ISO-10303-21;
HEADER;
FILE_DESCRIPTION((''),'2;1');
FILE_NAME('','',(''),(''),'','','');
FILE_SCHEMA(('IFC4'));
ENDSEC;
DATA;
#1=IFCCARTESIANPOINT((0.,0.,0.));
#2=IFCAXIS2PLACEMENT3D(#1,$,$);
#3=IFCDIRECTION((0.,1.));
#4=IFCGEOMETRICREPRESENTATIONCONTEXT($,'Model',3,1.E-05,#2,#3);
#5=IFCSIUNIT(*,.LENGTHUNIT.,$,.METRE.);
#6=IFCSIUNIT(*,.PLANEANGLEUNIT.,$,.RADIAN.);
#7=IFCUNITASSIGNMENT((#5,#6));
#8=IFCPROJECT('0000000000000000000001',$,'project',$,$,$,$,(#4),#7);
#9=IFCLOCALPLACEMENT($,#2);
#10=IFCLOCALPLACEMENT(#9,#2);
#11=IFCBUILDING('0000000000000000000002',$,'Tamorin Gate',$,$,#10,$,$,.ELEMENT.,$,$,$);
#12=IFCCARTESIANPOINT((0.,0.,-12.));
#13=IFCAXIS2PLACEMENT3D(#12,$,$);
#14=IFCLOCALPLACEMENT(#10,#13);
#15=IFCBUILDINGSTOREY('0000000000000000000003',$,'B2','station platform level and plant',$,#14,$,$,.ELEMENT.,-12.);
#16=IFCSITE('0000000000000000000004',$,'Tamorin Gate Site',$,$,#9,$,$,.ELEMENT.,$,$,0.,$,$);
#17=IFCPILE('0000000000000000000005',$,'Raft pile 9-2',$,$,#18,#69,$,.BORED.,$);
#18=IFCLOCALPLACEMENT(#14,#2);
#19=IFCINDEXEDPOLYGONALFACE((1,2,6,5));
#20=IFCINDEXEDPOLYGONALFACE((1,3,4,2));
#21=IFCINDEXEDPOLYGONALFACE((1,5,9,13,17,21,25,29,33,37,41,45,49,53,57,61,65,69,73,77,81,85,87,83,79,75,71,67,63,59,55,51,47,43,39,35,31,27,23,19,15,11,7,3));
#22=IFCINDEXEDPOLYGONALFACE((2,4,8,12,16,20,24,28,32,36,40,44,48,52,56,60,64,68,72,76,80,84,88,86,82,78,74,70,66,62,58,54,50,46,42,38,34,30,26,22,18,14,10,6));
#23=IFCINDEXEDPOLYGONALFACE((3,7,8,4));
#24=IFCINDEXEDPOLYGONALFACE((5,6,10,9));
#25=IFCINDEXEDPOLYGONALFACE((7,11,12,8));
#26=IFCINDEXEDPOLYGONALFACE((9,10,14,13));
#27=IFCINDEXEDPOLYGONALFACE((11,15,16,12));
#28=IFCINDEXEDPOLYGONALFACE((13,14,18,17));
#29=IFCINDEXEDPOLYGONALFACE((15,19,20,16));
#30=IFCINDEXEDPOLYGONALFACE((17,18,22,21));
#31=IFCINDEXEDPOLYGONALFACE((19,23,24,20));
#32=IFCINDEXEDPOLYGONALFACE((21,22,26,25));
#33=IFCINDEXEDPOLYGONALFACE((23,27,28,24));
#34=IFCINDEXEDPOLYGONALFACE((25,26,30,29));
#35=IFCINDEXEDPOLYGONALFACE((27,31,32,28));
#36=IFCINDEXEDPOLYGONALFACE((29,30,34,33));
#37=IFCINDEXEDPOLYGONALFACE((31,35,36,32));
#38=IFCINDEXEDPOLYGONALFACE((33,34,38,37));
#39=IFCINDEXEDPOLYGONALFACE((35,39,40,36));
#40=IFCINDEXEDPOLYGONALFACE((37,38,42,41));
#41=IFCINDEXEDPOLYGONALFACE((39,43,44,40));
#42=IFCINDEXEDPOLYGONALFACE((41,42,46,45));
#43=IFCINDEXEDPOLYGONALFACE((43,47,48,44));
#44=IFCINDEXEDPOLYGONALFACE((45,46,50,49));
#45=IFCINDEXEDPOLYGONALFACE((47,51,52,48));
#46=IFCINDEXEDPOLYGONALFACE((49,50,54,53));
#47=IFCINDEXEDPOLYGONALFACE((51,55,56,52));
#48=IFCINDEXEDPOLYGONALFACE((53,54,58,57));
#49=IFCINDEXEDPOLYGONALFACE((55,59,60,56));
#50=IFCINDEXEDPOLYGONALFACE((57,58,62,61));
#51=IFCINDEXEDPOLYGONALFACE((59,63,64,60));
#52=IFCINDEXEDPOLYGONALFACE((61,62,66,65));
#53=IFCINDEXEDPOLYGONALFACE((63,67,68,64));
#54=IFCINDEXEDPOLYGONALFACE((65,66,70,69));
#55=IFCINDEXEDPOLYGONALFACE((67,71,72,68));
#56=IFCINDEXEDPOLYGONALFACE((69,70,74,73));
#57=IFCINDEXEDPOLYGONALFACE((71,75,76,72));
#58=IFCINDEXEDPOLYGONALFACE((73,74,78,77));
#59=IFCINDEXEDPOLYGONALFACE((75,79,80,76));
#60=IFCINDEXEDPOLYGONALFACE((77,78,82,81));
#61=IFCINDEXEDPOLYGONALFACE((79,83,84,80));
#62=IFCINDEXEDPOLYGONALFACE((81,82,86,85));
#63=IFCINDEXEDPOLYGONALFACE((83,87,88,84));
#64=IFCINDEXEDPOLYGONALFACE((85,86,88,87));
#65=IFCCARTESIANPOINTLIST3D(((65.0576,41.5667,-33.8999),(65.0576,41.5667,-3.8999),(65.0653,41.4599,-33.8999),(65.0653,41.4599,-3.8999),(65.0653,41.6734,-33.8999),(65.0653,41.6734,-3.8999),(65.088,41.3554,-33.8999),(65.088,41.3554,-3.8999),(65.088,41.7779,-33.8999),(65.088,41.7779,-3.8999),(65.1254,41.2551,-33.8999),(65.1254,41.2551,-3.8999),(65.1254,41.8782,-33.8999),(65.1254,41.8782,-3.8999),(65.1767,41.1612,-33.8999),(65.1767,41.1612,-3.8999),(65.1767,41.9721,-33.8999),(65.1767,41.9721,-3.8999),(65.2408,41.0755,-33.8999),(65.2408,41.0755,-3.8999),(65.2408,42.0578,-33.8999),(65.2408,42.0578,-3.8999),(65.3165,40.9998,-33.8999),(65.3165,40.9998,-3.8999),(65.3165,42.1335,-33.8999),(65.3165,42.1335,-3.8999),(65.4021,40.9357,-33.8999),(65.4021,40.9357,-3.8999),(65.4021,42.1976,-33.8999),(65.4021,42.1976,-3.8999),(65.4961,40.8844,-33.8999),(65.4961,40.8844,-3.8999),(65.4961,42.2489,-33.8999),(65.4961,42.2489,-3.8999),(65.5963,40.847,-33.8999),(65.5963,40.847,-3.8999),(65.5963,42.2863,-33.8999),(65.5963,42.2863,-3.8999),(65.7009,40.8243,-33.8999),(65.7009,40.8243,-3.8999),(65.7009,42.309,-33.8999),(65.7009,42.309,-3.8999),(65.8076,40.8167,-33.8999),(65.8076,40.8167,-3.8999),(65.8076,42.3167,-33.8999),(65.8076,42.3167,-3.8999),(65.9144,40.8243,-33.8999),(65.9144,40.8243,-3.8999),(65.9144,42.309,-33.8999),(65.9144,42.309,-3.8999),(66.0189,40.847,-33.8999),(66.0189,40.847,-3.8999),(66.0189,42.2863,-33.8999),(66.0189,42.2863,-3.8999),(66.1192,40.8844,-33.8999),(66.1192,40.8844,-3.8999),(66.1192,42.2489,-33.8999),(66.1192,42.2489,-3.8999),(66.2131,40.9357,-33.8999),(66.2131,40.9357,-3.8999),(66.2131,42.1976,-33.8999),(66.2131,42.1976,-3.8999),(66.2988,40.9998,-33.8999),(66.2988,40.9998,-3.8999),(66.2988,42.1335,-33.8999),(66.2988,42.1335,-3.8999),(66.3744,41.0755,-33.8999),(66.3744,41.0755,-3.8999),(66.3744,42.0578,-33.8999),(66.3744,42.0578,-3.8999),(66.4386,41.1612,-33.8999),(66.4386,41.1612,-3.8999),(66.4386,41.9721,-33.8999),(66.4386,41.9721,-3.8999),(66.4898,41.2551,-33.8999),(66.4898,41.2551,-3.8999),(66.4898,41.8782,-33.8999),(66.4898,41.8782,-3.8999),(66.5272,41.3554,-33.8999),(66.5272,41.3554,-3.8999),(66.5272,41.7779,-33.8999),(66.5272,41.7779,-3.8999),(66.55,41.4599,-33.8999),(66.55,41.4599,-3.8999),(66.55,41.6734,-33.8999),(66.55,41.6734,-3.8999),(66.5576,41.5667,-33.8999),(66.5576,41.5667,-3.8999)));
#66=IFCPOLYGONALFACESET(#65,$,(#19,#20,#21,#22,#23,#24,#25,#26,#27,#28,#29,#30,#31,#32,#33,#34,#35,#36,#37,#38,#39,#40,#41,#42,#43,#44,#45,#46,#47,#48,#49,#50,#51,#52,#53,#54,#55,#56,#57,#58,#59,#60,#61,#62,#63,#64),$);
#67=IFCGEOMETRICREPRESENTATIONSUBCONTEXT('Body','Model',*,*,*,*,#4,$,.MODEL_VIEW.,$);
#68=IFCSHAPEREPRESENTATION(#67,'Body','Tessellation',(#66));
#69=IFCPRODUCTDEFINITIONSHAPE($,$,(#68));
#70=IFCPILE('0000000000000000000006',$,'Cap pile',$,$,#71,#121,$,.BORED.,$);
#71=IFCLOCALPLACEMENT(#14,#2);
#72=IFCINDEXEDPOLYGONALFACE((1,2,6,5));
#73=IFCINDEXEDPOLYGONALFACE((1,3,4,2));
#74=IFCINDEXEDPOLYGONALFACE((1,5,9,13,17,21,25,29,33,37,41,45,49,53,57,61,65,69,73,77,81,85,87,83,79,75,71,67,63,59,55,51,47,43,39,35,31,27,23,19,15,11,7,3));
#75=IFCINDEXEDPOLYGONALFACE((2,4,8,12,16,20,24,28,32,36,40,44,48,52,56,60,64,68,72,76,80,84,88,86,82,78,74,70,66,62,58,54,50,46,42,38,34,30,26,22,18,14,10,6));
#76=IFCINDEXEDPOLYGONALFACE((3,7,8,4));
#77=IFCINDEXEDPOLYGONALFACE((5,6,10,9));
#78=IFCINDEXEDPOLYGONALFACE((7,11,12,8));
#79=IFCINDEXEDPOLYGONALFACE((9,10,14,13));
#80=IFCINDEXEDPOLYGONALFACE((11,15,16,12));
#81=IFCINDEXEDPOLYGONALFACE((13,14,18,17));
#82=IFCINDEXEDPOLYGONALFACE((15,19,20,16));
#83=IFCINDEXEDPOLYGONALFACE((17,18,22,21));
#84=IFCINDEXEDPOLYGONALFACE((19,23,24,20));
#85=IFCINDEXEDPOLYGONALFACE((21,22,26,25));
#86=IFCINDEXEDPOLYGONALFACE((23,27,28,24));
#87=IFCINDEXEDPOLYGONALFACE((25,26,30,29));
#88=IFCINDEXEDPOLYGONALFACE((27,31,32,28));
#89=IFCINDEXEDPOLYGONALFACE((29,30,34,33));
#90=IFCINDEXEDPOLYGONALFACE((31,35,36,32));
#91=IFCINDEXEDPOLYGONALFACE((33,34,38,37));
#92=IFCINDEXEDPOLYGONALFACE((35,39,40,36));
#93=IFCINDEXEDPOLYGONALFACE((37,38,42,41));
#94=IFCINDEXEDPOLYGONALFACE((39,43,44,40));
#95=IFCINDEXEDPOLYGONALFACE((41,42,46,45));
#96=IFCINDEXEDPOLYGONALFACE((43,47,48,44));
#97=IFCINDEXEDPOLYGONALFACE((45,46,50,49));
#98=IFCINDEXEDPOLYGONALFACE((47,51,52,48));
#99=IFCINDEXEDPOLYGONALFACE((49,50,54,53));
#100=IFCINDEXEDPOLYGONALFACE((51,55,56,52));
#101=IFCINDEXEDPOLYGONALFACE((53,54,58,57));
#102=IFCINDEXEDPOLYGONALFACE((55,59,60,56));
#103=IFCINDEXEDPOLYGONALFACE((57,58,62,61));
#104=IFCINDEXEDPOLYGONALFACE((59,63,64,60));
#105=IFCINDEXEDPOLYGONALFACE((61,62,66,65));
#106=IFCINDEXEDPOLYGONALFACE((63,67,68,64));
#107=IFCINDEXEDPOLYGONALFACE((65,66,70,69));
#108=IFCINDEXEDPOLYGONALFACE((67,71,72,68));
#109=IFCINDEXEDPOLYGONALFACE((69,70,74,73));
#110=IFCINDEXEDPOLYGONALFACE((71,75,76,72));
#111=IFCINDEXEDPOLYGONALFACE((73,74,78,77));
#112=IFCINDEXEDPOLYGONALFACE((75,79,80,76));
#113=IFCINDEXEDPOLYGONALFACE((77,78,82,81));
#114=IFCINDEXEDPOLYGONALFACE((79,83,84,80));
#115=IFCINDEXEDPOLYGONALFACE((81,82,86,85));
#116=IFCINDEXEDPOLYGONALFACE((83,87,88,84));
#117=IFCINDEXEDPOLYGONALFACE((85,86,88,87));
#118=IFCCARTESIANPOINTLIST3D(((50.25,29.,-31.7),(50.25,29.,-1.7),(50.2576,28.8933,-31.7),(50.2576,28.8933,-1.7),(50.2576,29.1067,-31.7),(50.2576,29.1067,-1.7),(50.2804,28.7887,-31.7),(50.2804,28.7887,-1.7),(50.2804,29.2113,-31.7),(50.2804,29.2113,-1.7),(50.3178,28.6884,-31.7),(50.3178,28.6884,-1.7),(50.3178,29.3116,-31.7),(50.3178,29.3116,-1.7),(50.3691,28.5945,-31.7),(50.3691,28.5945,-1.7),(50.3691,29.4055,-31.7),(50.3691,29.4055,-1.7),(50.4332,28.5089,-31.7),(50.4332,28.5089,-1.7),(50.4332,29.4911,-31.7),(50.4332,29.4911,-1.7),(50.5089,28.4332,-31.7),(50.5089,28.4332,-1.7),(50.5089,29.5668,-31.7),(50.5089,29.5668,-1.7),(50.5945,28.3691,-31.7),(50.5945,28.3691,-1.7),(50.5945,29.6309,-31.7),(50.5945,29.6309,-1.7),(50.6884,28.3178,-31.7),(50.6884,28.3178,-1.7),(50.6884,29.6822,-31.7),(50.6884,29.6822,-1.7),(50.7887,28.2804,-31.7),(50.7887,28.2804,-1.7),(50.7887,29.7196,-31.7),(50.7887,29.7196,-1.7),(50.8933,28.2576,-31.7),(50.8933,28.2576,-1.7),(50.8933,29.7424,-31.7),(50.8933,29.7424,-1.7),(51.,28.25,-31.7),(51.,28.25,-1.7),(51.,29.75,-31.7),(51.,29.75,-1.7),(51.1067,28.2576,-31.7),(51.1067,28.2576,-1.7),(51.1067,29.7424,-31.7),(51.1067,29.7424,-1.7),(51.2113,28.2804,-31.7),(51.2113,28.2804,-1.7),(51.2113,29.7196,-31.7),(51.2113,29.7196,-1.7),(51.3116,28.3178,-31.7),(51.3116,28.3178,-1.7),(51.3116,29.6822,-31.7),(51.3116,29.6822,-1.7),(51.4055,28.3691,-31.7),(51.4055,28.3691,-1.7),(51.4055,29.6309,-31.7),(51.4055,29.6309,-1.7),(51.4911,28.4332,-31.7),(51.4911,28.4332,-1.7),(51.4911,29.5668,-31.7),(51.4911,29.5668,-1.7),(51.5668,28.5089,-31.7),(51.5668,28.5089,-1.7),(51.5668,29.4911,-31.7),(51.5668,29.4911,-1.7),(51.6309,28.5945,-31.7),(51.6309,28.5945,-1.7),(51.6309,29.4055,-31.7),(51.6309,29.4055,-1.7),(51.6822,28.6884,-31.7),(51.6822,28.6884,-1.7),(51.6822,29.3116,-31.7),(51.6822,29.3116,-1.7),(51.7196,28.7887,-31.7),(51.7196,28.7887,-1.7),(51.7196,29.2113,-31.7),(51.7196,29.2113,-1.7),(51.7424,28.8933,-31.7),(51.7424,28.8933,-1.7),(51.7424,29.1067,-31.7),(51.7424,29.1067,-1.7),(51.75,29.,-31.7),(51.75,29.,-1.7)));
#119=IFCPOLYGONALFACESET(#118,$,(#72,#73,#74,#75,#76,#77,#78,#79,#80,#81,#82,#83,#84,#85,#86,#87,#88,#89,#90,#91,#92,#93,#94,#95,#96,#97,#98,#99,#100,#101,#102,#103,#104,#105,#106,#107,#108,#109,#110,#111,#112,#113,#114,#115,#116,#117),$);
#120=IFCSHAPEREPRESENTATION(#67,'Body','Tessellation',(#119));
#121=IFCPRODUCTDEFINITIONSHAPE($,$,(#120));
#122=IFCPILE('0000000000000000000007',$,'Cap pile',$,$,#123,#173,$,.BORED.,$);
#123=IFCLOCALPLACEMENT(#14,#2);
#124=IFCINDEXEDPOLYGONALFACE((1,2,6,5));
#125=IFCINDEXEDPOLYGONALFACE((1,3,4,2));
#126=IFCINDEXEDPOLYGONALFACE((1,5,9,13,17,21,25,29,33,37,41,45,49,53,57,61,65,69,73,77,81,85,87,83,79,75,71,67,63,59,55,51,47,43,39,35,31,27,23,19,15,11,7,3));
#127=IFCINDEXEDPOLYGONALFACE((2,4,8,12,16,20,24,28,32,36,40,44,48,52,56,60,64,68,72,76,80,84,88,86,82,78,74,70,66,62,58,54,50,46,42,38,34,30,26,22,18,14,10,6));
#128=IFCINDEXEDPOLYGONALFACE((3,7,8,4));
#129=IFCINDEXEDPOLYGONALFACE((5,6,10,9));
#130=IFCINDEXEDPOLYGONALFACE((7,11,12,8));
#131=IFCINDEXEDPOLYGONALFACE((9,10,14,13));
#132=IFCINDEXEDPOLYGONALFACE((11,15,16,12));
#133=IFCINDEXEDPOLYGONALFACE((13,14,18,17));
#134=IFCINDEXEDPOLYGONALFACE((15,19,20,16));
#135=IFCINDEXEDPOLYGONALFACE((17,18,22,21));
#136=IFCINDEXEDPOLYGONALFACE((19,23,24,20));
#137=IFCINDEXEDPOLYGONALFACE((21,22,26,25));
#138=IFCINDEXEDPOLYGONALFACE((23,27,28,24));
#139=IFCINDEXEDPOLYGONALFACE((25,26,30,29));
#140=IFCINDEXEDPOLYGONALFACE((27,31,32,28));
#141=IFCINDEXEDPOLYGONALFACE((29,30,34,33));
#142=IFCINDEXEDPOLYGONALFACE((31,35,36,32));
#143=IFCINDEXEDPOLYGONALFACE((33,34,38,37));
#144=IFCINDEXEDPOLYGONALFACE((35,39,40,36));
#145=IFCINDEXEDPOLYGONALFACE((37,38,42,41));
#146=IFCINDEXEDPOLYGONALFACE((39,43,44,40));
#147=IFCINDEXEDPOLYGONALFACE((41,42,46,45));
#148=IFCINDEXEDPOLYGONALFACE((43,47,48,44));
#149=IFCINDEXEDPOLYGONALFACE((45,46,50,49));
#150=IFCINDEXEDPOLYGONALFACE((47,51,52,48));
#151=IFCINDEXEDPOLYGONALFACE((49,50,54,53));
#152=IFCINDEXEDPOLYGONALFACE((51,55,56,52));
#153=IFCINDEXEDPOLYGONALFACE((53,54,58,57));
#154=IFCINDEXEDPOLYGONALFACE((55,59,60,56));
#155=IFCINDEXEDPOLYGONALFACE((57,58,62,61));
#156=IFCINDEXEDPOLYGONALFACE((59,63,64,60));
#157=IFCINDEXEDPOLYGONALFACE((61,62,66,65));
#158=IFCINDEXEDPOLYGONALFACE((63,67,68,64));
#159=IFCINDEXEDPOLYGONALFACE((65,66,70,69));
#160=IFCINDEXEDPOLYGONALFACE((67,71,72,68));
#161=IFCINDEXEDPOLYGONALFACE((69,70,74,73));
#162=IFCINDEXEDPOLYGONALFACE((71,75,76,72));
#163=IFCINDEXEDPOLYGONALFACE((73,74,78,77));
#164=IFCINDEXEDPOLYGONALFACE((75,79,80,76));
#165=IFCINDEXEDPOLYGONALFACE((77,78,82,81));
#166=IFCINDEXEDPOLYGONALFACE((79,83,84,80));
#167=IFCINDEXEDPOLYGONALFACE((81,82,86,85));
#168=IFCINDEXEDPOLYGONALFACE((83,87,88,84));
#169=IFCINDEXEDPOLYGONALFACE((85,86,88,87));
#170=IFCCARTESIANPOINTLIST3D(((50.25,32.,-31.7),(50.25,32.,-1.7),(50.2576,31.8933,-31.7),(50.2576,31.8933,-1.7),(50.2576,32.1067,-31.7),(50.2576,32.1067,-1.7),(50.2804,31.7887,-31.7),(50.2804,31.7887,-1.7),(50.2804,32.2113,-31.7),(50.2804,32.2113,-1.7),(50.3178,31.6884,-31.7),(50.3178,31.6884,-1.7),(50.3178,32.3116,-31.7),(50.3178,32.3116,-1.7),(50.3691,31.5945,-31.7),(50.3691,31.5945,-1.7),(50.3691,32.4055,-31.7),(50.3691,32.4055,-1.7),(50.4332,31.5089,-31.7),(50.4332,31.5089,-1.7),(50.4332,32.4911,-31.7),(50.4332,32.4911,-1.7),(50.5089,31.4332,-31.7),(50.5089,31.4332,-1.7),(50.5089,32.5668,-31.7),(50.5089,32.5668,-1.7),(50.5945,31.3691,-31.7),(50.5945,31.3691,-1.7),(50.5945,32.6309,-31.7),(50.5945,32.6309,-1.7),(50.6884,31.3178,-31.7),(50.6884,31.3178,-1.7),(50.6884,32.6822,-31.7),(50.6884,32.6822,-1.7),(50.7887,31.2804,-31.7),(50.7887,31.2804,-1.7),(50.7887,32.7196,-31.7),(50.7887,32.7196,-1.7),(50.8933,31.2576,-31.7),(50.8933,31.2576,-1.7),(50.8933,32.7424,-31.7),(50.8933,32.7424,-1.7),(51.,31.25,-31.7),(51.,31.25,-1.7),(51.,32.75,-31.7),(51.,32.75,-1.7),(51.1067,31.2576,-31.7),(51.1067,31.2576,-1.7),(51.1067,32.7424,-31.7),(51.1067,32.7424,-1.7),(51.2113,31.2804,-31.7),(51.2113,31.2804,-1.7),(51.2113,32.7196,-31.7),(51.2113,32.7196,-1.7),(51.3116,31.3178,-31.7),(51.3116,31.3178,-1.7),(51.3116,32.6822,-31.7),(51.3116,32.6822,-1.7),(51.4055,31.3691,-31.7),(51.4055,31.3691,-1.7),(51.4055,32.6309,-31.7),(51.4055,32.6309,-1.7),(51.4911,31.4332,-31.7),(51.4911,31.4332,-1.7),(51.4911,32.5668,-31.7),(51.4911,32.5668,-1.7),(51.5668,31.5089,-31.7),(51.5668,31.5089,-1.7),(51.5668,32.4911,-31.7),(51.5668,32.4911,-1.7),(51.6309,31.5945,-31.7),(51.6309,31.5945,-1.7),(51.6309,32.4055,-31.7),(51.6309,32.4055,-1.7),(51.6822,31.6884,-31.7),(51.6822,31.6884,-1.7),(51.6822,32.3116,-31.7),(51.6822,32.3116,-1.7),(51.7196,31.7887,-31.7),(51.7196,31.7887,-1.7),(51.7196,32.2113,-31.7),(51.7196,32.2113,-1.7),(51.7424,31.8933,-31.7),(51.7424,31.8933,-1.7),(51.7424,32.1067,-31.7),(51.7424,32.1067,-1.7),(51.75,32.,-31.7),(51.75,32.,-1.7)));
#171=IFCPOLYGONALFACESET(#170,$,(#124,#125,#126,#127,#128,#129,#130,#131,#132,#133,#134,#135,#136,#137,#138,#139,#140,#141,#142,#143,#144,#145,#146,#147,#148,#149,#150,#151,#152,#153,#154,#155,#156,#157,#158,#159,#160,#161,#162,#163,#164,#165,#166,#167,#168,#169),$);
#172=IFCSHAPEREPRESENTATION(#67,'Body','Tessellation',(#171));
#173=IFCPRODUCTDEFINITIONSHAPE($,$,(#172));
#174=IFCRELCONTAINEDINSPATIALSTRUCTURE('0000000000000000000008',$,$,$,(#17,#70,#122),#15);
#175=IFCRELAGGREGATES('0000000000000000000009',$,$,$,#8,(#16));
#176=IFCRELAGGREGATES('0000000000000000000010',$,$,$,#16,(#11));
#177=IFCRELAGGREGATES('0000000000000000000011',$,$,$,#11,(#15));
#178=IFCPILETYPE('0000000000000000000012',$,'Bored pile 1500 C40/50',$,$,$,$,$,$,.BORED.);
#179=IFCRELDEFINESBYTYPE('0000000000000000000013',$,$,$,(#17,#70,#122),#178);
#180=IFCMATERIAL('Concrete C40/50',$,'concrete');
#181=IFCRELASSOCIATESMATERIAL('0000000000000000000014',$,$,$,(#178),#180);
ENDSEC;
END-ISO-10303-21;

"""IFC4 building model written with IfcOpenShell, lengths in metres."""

from ifc_helpers import new_model, si_unit, direction, frame, origin, origin_2d, place, context, subcontext, project, spatial, circle, extrude, material, material_profile, profile_set, type_object, element, save


model = new_model("IFC4")

# Units and contexts
model_context = context("Model", 3, precision=1e-05, world=origin(), true_north=direction((0.0, 1.0)))
body_context = subcontext(model_context, "Body", "Model", "MODEL_VIEW")
ifc_project = project(units=[si_unit("LENGTHUNIT", "METRE"), si_unit("PLANEANGLEUNIT", "RADIAN")], contexts=[model_context])

# Site, building, storey
site_placement = place(None, origin())
site = spatial("IfcSite", under=ifc_project, at=site_placement, Name="Tamorin Gate Site", CompositionType="ELEMENT", RefElevation=0.0)
building_placement = place(site_placement, origin())
building = spatial("IfcBuilding", under=site, at=building_placement, Name="Tamorin Gate", CompositionType="ELEMENT")
storey_placement = place(building_placement, frame((0.0, 0.0, -12.0)))
storey = spatial("IfcBuildingStorey", under=building, at=storey_placement, Name="B2", Description="station platform level and plant", CompositionType="ELEMENT", Elevation=-12.0)

# Piles
ifc_material_1 = material(Name="Concrete C40/50", Category="concrete")
ifc_material_profile_1 = material_profile(ifc_material_1, circle(Radius=0.75, at=origin_2d()))
ifc_profile_set_1 = profile_set([ifc_material_profile_1], Name="Concrete C40/50")
pile_type = type_object("IfcPileType", Name="Bored pile 1500 C40/50", PredefinedType="BORED", material=ifc_profile_set_1)
for number, where, z_axis, x_axis, name in (
    (1, (65.8076, 41.5667, -3.8999), (0.0, 0.0, -1.0), (1.0, 0.0, 0.0), "Raft pile 9-2"),
    (2, (51.0, 29.0, -1.7), (0.0, 0.0, -1.0), (1.0, 0.0, 0.0), "Cap pile"),
    (3, (51.0, 32.0, -1.7), (0.0, 0.0, -1.0), (1.0, 0.0, 0.0), "Cap pile"),
):
    element("IfcPile", number, at=place(storey_placement, frame(where, z_axis=z_axis, x_axis=x_axis)), inside=storey, type_object=pile_type, Name=name, PredefinedType="BORED", context=body_context, shape_type="SweptSolid", body=[
        extrude(circle(Radius=0.75, at=origin_2d()), origin(), (0.0, 0.0, 1.0), 30.0),
    ])

save(model, "model.ifc")
